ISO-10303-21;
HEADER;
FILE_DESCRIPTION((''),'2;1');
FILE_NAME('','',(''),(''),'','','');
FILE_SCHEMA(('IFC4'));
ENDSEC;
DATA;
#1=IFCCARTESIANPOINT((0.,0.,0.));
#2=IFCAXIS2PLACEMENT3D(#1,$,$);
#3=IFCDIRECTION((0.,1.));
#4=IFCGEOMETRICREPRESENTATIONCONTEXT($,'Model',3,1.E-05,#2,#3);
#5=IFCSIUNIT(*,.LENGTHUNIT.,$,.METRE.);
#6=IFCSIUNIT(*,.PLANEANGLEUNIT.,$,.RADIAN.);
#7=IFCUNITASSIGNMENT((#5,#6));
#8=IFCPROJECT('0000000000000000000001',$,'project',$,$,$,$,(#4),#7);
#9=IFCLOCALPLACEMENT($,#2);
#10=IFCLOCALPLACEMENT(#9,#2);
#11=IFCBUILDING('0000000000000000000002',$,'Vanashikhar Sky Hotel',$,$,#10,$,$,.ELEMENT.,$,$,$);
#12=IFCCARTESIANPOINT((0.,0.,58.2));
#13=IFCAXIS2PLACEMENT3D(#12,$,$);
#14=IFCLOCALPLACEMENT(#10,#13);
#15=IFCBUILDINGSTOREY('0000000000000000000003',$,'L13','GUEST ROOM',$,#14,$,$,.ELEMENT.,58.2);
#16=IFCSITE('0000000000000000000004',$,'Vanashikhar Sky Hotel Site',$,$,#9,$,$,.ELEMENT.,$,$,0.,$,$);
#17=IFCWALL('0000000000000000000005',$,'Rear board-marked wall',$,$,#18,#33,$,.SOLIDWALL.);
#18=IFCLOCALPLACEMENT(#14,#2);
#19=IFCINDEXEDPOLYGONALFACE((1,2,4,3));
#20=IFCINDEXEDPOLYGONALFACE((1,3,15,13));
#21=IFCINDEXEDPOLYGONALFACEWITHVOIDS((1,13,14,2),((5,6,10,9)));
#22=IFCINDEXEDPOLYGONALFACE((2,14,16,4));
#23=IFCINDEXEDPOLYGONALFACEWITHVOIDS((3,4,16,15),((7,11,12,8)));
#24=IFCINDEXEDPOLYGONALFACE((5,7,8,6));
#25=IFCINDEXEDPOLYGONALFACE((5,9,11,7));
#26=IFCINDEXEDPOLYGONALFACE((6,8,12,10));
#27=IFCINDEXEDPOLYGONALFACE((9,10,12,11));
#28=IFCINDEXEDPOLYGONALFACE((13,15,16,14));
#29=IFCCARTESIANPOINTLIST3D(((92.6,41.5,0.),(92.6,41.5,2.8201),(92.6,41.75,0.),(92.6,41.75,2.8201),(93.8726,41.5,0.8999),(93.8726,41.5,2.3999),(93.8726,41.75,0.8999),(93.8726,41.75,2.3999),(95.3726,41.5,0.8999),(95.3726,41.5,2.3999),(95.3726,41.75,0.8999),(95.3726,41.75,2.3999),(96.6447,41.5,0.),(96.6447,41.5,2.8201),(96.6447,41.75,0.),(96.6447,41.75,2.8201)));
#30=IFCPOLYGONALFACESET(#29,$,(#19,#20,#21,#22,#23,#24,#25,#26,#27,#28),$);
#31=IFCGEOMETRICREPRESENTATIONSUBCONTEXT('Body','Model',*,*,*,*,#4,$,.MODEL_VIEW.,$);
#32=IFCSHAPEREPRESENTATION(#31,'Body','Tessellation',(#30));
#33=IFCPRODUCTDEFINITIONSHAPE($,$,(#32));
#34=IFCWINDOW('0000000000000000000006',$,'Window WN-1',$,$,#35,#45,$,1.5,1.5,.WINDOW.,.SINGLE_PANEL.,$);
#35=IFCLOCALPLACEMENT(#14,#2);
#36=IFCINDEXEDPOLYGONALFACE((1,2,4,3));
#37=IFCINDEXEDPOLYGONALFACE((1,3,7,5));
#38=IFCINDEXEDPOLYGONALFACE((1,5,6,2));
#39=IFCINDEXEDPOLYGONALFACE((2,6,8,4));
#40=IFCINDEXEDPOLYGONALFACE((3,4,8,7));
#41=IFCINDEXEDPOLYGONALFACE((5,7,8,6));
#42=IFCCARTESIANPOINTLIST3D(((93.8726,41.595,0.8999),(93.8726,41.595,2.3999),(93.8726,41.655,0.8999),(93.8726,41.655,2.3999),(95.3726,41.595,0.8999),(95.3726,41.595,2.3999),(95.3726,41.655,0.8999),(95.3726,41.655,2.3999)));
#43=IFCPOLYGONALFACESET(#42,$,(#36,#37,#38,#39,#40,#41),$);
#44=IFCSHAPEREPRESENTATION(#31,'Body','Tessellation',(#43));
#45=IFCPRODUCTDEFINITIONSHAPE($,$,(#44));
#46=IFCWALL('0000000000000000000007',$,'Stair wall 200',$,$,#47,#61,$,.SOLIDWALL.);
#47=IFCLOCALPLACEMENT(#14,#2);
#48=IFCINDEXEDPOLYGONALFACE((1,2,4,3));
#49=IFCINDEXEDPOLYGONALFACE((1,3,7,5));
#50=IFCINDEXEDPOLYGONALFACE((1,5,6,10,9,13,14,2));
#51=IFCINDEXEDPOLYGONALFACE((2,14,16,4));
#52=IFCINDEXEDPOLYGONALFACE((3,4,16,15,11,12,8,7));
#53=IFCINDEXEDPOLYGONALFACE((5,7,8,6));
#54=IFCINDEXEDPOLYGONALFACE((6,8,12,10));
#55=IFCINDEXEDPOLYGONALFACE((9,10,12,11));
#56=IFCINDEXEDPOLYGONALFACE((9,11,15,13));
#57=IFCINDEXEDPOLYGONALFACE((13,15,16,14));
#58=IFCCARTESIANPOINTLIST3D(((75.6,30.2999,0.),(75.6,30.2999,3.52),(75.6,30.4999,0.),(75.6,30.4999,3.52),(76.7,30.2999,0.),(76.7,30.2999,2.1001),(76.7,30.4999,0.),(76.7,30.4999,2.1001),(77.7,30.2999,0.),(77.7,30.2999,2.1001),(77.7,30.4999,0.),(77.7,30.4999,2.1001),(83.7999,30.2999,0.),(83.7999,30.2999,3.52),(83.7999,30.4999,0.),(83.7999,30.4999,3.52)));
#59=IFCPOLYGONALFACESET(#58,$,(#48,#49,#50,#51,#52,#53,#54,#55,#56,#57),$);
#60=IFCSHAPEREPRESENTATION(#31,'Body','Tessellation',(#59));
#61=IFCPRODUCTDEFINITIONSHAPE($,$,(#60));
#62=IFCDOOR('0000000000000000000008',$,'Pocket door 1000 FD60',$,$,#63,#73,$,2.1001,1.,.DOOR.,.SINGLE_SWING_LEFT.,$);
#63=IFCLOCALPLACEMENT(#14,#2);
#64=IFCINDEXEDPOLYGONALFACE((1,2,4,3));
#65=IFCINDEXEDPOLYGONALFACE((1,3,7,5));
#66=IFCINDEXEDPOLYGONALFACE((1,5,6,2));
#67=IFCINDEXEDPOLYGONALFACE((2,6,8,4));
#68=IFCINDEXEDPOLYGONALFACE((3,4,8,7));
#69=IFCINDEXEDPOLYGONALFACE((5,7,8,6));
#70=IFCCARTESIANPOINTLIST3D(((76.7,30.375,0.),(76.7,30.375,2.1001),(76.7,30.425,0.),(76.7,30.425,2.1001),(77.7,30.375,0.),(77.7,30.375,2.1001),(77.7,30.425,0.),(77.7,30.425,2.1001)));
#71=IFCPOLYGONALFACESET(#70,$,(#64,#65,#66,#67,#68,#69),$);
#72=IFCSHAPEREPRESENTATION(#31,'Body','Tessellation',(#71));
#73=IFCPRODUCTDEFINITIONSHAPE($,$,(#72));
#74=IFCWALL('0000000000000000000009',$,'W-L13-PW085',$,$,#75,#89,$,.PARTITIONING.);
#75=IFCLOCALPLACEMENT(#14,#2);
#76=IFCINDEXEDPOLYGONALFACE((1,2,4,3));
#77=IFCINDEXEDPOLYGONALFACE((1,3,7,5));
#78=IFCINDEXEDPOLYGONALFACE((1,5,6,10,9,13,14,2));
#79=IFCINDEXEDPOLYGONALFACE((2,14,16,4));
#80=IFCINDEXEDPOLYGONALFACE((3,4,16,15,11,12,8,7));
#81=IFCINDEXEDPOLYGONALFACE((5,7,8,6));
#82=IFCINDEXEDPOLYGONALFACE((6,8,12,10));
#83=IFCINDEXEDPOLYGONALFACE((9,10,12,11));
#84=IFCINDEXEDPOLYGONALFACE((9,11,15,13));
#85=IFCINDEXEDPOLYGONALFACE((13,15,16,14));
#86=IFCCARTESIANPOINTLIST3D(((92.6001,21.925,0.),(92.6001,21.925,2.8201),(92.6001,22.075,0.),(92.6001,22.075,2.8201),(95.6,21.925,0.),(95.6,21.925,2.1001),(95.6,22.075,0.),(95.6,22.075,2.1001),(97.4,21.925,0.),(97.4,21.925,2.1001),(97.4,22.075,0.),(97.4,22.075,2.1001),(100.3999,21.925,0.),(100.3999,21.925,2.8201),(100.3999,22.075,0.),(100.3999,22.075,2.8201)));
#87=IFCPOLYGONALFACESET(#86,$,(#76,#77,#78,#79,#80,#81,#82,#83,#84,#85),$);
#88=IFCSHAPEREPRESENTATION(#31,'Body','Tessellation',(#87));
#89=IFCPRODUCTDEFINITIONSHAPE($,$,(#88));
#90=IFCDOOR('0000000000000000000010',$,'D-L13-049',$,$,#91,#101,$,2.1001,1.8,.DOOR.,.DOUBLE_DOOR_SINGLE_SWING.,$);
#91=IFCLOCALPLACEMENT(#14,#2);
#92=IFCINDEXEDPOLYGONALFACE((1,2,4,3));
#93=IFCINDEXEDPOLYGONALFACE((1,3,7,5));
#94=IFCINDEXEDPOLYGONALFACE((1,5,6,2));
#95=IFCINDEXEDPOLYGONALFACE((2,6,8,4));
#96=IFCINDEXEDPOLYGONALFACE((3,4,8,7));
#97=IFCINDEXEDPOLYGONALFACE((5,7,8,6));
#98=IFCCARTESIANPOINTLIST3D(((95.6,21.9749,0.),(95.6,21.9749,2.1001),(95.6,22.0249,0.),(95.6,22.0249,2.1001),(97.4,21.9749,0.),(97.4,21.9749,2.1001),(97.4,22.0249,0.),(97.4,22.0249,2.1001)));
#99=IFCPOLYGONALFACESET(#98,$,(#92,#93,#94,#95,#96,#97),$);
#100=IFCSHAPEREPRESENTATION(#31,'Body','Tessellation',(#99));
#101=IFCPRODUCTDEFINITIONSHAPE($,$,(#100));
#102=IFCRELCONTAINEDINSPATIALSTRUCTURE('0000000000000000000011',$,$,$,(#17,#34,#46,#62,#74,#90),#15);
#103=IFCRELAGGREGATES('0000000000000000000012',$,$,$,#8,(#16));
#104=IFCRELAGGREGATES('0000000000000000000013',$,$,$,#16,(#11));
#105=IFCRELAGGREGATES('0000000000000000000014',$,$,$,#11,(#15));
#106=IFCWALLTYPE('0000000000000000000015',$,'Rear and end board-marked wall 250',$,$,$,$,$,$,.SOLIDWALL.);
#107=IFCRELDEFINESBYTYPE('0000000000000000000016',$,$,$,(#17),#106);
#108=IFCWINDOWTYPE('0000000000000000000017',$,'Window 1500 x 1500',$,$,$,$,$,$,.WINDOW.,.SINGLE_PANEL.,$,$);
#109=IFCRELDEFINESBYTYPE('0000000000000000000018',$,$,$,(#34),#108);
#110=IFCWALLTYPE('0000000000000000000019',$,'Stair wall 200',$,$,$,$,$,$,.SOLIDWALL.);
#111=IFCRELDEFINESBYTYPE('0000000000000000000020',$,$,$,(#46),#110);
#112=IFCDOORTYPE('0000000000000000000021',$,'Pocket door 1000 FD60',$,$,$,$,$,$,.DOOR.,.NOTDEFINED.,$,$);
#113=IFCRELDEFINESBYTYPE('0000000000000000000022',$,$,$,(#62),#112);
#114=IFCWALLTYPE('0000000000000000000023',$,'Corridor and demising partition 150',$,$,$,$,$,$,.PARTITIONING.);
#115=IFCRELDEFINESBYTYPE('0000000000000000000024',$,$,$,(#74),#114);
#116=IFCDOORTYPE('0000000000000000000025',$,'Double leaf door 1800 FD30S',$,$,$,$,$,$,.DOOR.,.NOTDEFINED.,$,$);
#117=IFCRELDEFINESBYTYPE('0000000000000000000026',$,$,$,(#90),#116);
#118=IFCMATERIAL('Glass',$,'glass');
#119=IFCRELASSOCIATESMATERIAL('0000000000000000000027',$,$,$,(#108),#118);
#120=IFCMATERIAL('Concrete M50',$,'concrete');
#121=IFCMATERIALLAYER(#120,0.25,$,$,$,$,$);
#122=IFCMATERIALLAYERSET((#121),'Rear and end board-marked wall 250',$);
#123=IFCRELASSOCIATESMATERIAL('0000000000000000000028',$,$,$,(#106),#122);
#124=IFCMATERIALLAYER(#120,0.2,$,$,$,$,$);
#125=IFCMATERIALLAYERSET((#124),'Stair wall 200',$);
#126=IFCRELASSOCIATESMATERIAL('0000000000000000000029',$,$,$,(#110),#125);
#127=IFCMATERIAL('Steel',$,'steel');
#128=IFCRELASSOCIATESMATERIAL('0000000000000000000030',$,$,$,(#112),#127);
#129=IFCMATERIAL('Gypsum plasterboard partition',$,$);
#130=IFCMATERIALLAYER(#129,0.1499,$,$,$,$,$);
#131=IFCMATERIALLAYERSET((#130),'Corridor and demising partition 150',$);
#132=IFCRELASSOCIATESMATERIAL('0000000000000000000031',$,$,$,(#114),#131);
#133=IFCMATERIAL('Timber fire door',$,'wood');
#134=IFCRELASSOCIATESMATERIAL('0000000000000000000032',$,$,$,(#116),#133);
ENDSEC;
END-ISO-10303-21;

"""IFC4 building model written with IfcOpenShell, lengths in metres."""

from ifc_helpers import new_model, si_unit, direction, frame, frame_2d, origin, place, context, subcontext, project, spatial, rectangle, extrude, source, transform, mapped, material, layer, layer_set, type_object, element, fill, save


model = new_model("IFC4")

# Units and contexts
model_context = context("Model", 3, precision=1e-05, world=origin(), true_north=direction((0.0, 1.0)))
body_context = subcontext(model_context, "Body", "Model", "MODEL_VIEW")
ifc_project = project(units=[si_unit("LENGTHUNIT", "METRE"), si_unit("PLANEANGLEUNIT", "RADIAN")], contexts=[model_context])

# Site, building, storey
site_placement = place(None, origin())
site = spatial("IfcSite", under=ifc_project, at=site_placement, Name="Vanashikhar Sky Hotel Site", CompositionType="ELEMENT", RefElevation=0.0)
building_placement = place(site_placement, origin())
building = spatial("IfcBuilding", under=site, at=building_placement, Name="Vanashikhar Sky Hotel", CompositionType="ELEMENT")
storey_placement = place(building_placement, frame((0.0, 0.0, 58.2)))
storey = spatial("IfcBuildingStorey", under=building, at=storey_placement, Name="L13", Description="GUEST ROOM", CompositionType="ELEMENT", Elevation=58.2)

# Shared definitions
ifc_material_1 = material(Name="Concrete M50", Category="concrete")

# Shared definitions
ifc_material_2 = material(Name="Glass", Category="glass")
window_type_1 = type_object("IfcWindowType", Name="Window 1500 x 1500", PartitioningType="SINGLE_PANEL", PredefinedType="WINDOW", material=ifc_material_2)
shared_shape_1 = source(origin(), body_context, "Body", "SweptSolid", [
    extrude(rectangle(XDim=1.5, YDim=1.5, at=frame_2d((0.75, 0.75))), frame((0.0, 0.03, 0.0), z_axis=(0.0, -1.0, 0.0), x_axis=(1.0, 0.0, 0.0)), (0.0, 0.0, 1.0), 0.0601),
])

# Wall, opening, window
ifc_layer_1 = layer(ifc_material_1, 0.25)
ifc_layer_set_1 = layer_set([ifc_layer_1], Name="Rear and end board-marked wall 250")
wall_type_1 = type_object("IfcWallType", Name="Rear and end board-marked wall 250", PredefinedType="SOLIDWALL", material=ifc_layer_set_1)
shared_shape_2 = source(origin(), body_context, "Body", "SweptSolid", [
    extrude(rectangle(XDim=4.0447, YDim=0.25, at=frame_2d((2.0225, 0.0))), origin(), (0.0, 0.0, 1.0), 2.8201),
])
wall_1_placement = place(storey_placement, frame((96.6448, 41.625, 0.0), z_axis=(0.0, 0.0, 1.0), x_axis=(-1.0, 0.0, 0.0)))
wall_1 = element("IfcWall", 1, at=wall_1_placement, inside=storey, type_object=wall_type_1, Name="Rear board-marked wall", PredefinedType="SOLIDWALL", context=body_context, shape_type="MappedRepresentation", body=[
    mapped(shared_shape_2, transform((0.0, 0.0, 0.0), scale=1.0)),
])
shared_shape_3 = source(origin(), body_context, "Body", "SweptSolid", [
    extrude(rectangle(XDim=1.5, YDim=1.5, at=frame_2d((0.75, 0.75))), frame((0.0, 0.135, 0.0), z_axis=(0.0, -1.0, 0.0), x_axis=(1.0, 0.0, 0.0)), (0.0, 0.0, 1.0), 0.27),
])
opening_1_placement = place(wall_1_placement, frame((1.2722, 0.0, 0.8999)))
opening_1 = element("IfcOpeningElement", 2, at=opening_1_placement, cuts=wall_1, PredefinedType="OPENING", context=body_context, shape_type="MappedRepresentation", body=[
    mapped(shared_shape_3, transform((0.0, 0.0, 0.0), scale=1.0)),
])
window_1_placement = place(opening_1_placement, origin())
window_1 = element("IfcWindow", 3, at=window_1_placement, inside=storey, type_object=window_type_1, Name="Window WN-1", OverallHeight=1.5, OverallWidth=1.5, PartitioningType="SINGLE_PANEL", PredefinedType="WINDOW", context=body_context, shape_type="MappedRepresentation", body=[
    mapped(shared_shape_1, transform((0.0, 0.0, 0.0), scale=1.0)),
])
fill(opening_1, window_1)

# Walls, openings, doors
ifc_layer_2 = layer(ifc_material_1, 0.2)
ifc_layer_set_2 = layer_set([ifc_layer_2], Name="Stair wall 200")
wall_type_2 = type_object("IfcWallType", Name="Stair wall 200", PredefinedType="SOLIDWALL", material=ifc_layer_set_2)
shared_shape_4 = source(origin(), body_context, "Body", "SweptSolid", [
    extrude(rectangle(XDim=8.2, YDim=0.2, at=frame_2d((4.1001, 0.0))), origin(), (0.0, 0.0, 1.0), 3.52),
])
wall_2_placement = place(storey_placement, frame((83.8, 30.3999, 0.0), z_axis=(0.0, 0.0, 1.0), x_axis=(-1.0, 0.0, 0.0)))
wall_2 = element("IfcWall", 4, at=wall_2_placement, inside=storey, type_object=wall_type_2, Name="Stair wall 200", PredefinedType="SOLIDWALL", context=body_context, shape_type="MappedRepresentation", body=[
    mapped(shared_shape_4, transform((0.0, 0.0, 0.0), scale=1.0)),
])
shared_shape_5 = source(origin(), body_context, "Body", "SweptSolid", [
    extrude(rectangle(XDim=1.0, YDim=2.1001, at=frame_2d((0.5, 1.05))), frame((0.0, 0.1099, 0.0), z_axis=(0.0, -1.0, 0.0), x_axis=(1.0, 0.0, 0.0)), (0.0, 0.0, 1.0), 0.22),
])
opening_2_placement = place(wall_2_placement, frame((6.1001, 0.0, 0.0)))
opening_2 = element("IfcOpeningElement", 5, at=opening_2_placement, cuts=wall_2, PredefinedType="OPENING", context=body_context, shape_type="MappedRepresentation", body=[
    mapped(shared_shape_5, transform((0.0, 0.0, 0.0), scale=1.0)),
])
ifc_material_3 = material(Name="Steel", Category="steel")
door_type_1 = type_object("IfcDoorType", Name="Pocket door 1000 FD60", OperationType="NOTDEFINED", PredefinedType="DOOR", material=ifc_material_3)
shared_shape_6 = source(origin(), body_context, "Body", "SweptSolid", [
    extrude(rectangle(XDim=1.0, YDim=2.1001, at=frame_2d((0.5, 1.05))), frame((0.0, 0.0249, 0.0), z_axis=(0.0, -1.0, 0.0), x_axis=(1.0, 0.0, 0.0)), (0.0, 0.0, 1.0), 0.05),
])
door_1_placement = place(opening_2_placement, origin())
door_1 = element("IfcDoor", 6, at=door_1_placement, inside=storey, type_object=door_type_1, Name="Pocket door 1000 FD60", OperationType="SINGLE_SWING_LEFT", OverallHeight=2.1001, OverallWidth=1.0, PredefinedType="DOOR", context=body_context, shape_type="MappedRepresentation", body=[
    mapped(shared_shape_6, transform((0.0, 0.0, 0.0), scale=1.0)),
])
fill(opening_2, door_1)
ifc_material_4 = material(Name="Gypsum plasterboard partition")
ifc_layer_3 = layer(ifc_material_4, 0.1499)
ifc_layer_set_3 = layer_set([ifc_layer_3], Name="Corridor and demising partition 150")
wall_type_3 = type_object("IfcWallType", Name="Corridor and demising partition 150", PredefinedType="PARTITIONING", material=ifc_layer_set_3)
shared_shape_7 = source(origin(), body_context, "Body", "SweptSolid", [
    extrude(rectangle(XDim=7.7998, YDim=0.1499, at=frame_2d((3.8999, 0.0))), origin(), (0.0, 0.0, 1.0), 2.8201),
])
wall_3_placement = place(storey_placement, frame((92.6001, 22.0, 0.0), z_axis=(0.0, 0.0, 1.0), x_axis=(1.0, 0.0, 0.0)))
wall_3 = element("IfcWall", 7, at=wall_3_placement, inside=storey, type_object=wall_type_3, Name="W-L13-PW085", PredefinedType="PARTITIONING", context=body_context, shape_type="MappedRepresentation", body=[
    mapped(shared_shape_7, transform((0.0, 0.0, 0.0), scale=1.0)),
])
shared_shape_8 = source(origin(), body_context, "Body", "SweptSolid", [
    extrude(rectangle(XDim=1.8, YDim=2.1001, at=frame_2d((0.8999, 1.05))), frame((0.0, 0.085, 0.0), z_axis=(0.0, -1.0, 0.0), x_axis=(1.0, 0.0, 0.0)), (0.0, 0.0, 1.0), 0.1699),
])
opening_3_placement = place(wall_3_placement, frame((3.0, 0.0, 0.0)))
opening_3 = element("IfcOpeningElement", 8, at=opening_3_placement, cuts=wall_3, PredefinedType="OPENING", context=body_context, shape_type="MappedRepresentation", body=[
    mapped(shared_shape_8, transform((0.0, 0.0, 0.0), scale=1.0)),
])
ifc_material_5 = material(Name="Timber fire door", Category="wood")
door_type_2 = type_object("IfcDoorType", Name="Double leaf door 1800 FD30S", OperationType="NOTDEFINED", PredefinedType="DOOR", material=ifc_material_5)
shared_shape_9 = source(origin(), body_context, "Body", "SweptSolid", [
    extrude(rectangle(XDim=1.8, YDim=2.1001, at=frame_2d((0.8999, 1.05))), frame((0.0, 0.0249, 0.0), z_axis=(0.0, -1.0, 0.0), x_axis=(1.0, 0.0, 0.0)), (0.0, 0.0, 1.0), 0.05),
])
door_2_placement = place(opening_3_placement, origin())
door_2 = element("IfcDoor", 9, at=door_2_placement, inside=storey, type_object=door_type_2, Name="D-L13-049", OperationType="DOUBLE_DOOR_SINGLE_SWING", OverallHeight=2.1001, OverallWidth=1.8, PredefinedType="DOOR", context=body_context, shape_type="MappedRepresentation", body=[
    mapped(shared_shape_9, transform((0.0, 0.0, 0.0), scale=1.0)),
])
fill(opening_3, door_2)

save(model, "model.ifc")
